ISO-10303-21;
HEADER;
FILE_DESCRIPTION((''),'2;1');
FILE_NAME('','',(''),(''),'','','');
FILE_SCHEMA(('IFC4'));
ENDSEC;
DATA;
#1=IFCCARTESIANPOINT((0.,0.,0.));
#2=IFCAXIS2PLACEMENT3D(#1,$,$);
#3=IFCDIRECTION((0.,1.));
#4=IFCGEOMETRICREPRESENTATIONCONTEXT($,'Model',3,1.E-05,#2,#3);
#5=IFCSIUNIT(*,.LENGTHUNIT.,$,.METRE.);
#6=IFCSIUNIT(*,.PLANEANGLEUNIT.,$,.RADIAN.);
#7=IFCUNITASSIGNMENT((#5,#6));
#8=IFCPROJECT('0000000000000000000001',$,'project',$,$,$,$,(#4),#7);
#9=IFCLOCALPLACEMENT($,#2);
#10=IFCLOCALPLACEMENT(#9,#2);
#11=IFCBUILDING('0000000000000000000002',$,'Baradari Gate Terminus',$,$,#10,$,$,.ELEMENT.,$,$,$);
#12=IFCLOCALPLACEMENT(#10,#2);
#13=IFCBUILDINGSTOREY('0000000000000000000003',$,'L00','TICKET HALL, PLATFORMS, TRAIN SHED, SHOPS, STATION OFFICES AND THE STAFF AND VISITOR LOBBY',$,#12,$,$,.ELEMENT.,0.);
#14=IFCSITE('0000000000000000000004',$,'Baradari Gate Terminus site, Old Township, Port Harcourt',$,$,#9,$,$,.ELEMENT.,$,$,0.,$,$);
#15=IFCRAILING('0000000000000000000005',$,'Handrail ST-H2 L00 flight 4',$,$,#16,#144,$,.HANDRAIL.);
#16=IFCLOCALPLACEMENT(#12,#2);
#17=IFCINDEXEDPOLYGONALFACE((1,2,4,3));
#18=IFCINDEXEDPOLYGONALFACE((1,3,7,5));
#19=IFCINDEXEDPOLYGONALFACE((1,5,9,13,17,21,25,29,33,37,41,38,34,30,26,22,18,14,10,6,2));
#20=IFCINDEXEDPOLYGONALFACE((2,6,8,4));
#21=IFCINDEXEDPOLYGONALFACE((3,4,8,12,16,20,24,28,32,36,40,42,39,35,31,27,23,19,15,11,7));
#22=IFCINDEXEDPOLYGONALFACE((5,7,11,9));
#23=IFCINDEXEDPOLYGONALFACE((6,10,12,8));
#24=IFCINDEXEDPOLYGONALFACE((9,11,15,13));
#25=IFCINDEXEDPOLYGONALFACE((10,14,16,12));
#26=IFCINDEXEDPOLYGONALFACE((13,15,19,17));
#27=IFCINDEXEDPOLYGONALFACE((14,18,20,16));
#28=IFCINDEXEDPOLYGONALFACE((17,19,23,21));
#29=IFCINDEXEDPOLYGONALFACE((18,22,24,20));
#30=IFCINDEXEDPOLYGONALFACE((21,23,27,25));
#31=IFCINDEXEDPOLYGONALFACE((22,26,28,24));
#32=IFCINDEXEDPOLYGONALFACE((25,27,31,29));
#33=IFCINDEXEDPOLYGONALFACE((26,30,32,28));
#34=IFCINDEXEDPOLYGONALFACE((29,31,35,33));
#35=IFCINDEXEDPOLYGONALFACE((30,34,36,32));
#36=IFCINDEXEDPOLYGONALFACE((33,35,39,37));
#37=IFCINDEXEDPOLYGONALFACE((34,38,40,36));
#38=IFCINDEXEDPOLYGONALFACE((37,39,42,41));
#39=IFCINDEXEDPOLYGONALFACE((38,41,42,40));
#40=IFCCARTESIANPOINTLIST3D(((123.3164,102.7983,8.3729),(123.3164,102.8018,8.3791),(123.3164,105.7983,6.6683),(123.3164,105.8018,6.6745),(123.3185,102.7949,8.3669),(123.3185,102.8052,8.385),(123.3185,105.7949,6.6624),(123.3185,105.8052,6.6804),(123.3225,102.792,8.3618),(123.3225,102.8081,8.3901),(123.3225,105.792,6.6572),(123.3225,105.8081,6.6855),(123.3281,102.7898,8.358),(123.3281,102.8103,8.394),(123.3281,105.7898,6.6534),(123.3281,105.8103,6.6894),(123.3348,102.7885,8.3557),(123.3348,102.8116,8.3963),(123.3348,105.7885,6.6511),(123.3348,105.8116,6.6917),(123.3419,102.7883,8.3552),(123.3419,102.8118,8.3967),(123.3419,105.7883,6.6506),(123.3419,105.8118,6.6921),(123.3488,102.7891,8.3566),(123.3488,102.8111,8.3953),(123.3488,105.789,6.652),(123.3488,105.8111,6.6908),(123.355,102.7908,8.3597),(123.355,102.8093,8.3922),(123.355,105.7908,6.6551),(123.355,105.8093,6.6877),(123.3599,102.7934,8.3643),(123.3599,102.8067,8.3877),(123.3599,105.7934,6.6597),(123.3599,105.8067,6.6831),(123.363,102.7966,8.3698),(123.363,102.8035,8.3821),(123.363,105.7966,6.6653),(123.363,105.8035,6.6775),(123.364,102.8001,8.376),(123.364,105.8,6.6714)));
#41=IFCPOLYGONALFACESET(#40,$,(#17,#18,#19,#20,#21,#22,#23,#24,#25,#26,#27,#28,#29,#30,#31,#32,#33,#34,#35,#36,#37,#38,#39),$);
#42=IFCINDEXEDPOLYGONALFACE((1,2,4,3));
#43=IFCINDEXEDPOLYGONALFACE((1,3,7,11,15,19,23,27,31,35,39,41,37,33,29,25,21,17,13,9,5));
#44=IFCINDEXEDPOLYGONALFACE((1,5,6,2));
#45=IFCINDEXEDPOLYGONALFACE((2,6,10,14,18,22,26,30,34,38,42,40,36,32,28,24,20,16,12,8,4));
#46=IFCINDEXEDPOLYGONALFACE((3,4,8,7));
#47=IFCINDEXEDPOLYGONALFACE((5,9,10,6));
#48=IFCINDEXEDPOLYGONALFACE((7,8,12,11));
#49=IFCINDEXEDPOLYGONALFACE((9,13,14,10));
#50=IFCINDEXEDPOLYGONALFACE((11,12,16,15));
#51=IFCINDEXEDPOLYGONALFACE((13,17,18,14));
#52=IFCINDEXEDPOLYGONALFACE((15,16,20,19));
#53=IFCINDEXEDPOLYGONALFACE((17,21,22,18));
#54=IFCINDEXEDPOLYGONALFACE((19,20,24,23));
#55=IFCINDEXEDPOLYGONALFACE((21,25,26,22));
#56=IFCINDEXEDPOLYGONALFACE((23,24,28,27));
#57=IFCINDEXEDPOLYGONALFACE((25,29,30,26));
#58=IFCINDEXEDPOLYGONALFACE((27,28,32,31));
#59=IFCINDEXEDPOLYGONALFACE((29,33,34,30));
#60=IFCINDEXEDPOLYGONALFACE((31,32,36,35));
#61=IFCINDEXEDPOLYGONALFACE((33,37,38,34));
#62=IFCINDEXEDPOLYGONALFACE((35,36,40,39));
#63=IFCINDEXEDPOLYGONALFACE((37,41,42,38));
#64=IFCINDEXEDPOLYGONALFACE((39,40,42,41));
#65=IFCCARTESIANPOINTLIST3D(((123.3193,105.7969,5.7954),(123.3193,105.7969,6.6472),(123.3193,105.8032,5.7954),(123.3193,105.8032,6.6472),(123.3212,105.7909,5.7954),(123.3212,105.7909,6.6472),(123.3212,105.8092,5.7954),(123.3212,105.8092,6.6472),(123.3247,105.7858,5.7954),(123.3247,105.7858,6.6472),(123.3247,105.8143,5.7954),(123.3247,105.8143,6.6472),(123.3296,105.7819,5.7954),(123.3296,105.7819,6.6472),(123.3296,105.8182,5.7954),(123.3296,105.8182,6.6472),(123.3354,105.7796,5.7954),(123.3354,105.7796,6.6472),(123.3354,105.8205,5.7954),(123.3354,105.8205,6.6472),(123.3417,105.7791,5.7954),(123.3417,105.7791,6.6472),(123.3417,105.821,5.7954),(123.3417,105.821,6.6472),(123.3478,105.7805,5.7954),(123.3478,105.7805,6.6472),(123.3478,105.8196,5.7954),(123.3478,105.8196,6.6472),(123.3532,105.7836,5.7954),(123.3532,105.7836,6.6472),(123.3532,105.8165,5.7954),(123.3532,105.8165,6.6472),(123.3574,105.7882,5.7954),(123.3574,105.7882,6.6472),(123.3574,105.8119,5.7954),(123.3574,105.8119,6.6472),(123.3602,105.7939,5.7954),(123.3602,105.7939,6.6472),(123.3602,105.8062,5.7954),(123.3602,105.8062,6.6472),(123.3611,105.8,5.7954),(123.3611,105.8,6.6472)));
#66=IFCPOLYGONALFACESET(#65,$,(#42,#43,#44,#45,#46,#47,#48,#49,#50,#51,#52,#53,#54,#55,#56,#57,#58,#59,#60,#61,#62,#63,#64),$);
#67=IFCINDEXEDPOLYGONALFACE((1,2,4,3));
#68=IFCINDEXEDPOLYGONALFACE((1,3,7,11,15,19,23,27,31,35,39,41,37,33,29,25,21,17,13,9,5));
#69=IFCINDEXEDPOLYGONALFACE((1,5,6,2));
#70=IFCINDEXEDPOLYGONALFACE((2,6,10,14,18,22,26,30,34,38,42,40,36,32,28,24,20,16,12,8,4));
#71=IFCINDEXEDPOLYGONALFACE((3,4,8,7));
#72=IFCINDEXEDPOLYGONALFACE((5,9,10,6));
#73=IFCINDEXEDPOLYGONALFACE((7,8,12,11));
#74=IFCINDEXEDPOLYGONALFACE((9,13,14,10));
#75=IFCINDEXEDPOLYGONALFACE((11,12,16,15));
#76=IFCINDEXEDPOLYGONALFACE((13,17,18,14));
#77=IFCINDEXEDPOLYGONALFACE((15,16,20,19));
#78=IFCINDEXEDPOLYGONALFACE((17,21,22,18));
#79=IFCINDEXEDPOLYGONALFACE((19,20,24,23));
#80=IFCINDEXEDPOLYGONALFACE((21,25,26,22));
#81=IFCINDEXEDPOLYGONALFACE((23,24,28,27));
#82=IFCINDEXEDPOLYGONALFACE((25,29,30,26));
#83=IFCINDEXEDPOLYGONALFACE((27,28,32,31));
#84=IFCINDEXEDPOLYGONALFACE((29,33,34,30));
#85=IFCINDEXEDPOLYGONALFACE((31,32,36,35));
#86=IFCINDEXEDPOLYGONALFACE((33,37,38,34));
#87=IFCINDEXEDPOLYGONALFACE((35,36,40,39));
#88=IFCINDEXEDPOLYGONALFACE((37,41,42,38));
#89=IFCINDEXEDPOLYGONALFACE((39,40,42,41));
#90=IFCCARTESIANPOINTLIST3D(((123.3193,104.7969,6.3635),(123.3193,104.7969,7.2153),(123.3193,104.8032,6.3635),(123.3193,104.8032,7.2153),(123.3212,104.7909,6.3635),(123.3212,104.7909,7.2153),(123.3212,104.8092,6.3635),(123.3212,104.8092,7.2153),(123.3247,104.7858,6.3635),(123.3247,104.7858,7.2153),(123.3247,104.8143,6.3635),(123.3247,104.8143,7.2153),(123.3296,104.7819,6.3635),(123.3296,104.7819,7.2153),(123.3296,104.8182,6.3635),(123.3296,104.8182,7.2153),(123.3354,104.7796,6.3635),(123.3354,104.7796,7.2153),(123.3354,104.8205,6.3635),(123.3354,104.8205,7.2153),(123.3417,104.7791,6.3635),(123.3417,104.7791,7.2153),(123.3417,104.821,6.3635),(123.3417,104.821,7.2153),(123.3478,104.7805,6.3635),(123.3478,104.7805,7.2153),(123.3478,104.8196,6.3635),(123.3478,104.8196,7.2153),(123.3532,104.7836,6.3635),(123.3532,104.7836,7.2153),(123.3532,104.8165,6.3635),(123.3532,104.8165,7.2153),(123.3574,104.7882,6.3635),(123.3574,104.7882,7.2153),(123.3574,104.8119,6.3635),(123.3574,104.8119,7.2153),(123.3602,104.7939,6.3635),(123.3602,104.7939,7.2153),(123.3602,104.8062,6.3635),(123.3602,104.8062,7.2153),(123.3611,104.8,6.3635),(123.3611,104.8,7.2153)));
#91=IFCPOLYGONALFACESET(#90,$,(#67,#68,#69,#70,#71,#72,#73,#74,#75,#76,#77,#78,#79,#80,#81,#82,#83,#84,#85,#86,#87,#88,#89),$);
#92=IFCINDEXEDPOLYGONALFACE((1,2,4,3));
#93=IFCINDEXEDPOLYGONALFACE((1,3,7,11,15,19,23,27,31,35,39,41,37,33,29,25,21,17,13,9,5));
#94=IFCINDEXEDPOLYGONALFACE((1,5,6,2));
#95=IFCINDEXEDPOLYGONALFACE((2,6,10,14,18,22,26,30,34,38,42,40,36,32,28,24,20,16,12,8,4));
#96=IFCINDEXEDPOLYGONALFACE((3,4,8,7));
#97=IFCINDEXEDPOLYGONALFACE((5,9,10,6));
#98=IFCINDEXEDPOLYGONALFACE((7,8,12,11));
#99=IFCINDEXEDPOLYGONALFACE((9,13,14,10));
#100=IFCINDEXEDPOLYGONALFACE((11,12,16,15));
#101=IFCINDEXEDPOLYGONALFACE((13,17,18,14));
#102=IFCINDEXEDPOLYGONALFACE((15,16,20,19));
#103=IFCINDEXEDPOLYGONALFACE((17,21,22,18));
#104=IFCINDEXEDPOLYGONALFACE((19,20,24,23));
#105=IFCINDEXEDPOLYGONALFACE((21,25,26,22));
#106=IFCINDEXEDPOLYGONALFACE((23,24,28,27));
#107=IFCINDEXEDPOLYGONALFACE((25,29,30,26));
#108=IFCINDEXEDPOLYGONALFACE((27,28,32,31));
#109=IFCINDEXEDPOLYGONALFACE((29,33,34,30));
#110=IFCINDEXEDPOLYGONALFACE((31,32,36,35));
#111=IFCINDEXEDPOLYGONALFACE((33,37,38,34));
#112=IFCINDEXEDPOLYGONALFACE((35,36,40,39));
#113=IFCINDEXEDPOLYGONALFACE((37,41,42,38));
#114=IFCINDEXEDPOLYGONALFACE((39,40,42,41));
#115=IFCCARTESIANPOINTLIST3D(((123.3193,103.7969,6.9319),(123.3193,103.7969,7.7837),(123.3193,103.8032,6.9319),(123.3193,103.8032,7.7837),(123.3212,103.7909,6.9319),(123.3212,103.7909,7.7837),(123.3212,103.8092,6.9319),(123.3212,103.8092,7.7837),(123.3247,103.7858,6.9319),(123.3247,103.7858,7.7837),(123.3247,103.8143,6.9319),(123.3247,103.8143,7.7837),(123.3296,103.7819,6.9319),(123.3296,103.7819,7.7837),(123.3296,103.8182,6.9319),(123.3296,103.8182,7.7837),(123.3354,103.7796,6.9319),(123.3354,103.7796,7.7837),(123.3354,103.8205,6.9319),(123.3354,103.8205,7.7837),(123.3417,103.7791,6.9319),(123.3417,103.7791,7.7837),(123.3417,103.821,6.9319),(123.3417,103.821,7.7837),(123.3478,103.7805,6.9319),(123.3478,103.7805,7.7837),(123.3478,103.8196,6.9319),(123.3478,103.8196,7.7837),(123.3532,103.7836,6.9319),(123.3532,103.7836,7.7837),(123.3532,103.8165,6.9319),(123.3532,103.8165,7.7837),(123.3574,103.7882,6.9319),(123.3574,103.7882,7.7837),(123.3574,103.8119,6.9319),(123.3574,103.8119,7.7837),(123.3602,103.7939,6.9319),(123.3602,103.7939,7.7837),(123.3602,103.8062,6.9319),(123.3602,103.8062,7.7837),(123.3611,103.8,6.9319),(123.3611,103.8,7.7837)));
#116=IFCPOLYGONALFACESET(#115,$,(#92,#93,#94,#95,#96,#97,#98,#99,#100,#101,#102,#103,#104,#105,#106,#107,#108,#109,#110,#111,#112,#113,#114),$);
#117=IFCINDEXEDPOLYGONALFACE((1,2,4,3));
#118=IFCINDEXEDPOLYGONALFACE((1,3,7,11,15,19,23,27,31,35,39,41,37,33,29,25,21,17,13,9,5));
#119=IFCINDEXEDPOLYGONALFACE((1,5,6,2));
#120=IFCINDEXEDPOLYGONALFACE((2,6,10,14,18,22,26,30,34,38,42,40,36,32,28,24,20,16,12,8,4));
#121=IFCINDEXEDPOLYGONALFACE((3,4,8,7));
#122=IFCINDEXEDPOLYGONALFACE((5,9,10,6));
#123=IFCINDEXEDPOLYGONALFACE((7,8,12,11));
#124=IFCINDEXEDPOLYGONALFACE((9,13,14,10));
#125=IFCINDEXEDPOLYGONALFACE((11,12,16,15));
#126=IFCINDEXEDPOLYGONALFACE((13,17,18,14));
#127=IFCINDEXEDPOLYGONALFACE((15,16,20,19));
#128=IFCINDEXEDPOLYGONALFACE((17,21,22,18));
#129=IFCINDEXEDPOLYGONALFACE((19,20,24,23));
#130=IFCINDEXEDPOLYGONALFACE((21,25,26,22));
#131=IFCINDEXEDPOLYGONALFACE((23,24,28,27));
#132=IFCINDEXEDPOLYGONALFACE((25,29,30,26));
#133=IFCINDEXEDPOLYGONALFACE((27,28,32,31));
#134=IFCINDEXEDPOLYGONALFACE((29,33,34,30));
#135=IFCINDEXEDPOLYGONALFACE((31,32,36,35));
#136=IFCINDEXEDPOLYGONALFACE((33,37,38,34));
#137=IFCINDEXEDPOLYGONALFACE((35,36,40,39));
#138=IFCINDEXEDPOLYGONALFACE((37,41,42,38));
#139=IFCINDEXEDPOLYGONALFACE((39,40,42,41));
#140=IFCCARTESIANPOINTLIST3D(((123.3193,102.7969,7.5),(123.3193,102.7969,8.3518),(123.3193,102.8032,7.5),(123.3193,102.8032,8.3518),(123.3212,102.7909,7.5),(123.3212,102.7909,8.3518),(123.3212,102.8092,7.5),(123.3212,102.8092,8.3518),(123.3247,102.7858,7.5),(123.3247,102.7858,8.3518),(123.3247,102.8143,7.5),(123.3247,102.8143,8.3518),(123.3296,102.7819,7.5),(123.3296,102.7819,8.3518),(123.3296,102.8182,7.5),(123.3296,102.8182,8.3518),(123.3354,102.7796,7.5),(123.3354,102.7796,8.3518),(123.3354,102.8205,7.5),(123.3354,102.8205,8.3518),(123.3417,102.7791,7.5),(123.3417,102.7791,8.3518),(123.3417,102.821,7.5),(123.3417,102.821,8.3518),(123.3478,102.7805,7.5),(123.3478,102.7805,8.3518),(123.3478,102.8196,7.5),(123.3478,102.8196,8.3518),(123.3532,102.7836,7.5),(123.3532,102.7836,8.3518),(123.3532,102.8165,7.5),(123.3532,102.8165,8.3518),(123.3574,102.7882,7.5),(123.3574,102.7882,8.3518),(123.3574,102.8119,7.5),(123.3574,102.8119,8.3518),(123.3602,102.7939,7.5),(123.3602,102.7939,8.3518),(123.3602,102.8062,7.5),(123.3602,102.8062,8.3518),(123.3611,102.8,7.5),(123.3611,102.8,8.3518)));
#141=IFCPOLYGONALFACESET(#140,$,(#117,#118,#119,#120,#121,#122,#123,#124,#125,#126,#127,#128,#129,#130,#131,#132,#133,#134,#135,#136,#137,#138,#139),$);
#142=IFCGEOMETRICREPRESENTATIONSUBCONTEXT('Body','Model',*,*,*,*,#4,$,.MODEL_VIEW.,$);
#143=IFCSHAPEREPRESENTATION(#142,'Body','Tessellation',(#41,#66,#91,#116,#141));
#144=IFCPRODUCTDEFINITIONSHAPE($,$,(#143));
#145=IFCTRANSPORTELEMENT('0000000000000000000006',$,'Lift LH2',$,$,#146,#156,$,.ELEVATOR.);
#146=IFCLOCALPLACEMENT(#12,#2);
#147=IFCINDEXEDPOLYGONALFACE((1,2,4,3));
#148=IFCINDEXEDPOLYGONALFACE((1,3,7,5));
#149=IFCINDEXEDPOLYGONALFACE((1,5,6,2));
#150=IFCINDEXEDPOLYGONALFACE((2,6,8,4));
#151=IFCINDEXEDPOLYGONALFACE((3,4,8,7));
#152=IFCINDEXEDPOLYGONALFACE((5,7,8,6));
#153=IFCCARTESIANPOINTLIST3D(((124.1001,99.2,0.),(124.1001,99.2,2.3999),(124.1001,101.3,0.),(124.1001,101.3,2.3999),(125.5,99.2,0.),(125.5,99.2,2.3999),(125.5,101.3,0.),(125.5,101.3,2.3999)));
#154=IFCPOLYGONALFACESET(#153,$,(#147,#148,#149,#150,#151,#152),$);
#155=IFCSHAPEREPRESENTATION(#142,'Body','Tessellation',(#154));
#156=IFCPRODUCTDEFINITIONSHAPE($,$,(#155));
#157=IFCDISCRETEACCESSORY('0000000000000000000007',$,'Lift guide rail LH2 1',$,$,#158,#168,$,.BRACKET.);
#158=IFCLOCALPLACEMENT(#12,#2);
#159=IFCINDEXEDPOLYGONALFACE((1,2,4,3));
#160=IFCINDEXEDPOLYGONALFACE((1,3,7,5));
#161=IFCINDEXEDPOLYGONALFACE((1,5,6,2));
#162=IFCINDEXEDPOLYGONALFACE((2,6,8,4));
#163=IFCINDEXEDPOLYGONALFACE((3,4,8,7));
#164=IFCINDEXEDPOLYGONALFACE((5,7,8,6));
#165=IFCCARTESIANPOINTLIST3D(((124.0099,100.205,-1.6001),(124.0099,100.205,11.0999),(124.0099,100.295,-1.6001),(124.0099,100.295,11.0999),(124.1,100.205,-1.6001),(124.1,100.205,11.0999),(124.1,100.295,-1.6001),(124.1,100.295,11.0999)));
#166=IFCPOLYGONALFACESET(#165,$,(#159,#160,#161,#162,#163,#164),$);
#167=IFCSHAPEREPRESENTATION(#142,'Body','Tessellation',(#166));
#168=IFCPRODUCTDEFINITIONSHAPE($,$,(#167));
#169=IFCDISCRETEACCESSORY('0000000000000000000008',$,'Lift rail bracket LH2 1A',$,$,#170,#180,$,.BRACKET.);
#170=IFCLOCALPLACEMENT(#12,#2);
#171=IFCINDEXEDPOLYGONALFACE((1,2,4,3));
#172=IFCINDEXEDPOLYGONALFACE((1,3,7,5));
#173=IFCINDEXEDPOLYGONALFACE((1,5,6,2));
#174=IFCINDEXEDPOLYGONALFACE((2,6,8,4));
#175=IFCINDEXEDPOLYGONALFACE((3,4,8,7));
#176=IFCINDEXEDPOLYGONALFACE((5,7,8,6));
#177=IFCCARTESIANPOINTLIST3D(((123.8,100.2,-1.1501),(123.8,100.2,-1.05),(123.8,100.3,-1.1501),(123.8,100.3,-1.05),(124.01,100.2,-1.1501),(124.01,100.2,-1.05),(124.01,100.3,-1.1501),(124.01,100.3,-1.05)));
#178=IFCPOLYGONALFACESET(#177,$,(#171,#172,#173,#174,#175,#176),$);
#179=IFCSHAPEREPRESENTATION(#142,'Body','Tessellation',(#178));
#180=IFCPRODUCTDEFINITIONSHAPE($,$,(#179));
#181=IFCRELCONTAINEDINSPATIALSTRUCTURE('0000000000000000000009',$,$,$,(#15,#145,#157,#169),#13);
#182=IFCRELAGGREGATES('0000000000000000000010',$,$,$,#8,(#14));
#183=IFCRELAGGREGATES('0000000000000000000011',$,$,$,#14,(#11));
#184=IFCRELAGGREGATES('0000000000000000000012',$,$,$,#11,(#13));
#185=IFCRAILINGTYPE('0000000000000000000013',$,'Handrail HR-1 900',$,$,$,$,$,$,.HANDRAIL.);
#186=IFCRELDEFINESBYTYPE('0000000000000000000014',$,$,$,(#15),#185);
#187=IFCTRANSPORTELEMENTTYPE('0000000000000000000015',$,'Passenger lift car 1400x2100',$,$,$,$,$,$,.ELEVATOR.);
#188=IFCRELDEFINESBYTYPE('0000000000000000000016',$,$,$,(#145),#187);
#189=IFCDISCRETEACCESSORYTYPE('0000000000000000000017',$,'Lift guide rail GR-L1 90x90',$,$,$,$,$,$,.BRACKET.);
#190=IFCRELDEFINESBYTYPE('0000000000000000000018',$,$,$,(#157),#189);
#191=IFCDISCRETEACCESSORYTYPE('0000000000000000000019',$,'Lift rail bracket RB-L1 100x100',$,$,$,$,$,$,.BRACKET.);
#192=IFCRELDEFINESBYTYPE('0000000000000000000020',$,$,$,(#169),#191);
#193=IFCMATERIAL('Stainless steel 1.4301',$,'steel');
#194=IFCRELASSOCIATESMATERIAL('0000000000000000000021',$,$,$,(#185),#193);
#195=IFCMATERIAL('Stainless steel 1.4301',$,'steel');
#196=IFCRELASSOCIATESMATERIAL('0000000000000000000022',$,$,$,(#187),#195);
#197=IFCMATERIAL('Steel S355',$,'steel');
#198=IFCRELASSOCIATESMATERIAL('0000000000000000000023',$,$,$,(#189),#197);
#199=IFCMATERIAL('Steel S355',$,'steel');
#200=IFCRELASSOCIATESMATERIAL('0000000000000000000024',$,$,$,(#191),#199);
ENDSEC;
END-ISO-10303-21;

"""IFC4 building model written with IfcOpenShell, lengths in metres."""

from ifc_helpers import new_model, si_unit, direction, frame, origin, origin_2d, place, context, subcontext, project, spatial, rectangle, circle, extrude, material, type_object, element, save


model = new_model("IFC4")

# Units and contexts
model_context = context("Model", 3, precision=1e-05, world=origin(), true_north=direction((0.0, 1.0)))
body_context = subcontext(model_context, "Body", "Model", "MODEL_VIEW")
ifc_project = project(units=[si_unit("LENGTHUNIT", "METRE"), si_unit("PLANEANGLEUNIT", "RADIAN")], contexts=[model_context])

# Site, building, storey
site_placement = place(None, origin())
site = spatial("IfcSite", under=ifc_project, at=site_placement, Name="Baradari Gate Terminus site, Old Township, Port Harcourt", CompositionType="ELEMENT", RefElevation=0.0)
building_placement = place(site_placement, origin())
building = spatial("IfcBuilding", under=site, at=building_placement, Name="Baradari Gate Terminus", CompositionType="ELEMENT")
storey_placement = place(building_placement, origin())
storey = spatial("IfcBuildingStorey", under=building, at=storey_placement, Name="L00", Description="TICKET HALL, PLATFORMS, TRAIN SHED, SHOPS, STATION OFFICES AND THE STAFF AND VISITOR LOBBY", CompositionType="ELEMENT", Elevation=0.0)

# Railing
ifc_material_1 = material(Name="Stainless steel 1.4301", Category="steel")
railing_type_1 = type_object("IfcRailingType", Name="Handrail HR-1 900", PredefinedType="HANDRAIL", material=ifc_material_1)
for number, where, name in (
    (1, (123.3401, 105.8, 5.7954), "Handrail ST-H2 L00 flight 4"),
):
    element("IfcRailing", number, at=place(storey_placement, frame(where)), inside=storey, type_object=railing_type_1, Name=name, PredefinedType="HANDRAIL", context=body_context, shape_type="SweptSolid", body=[
        extrude(circle(Radius=0.0239, at=origin_2d()), frame((0.0, 0.0, 0.876), z_axis=(0.0, -0.869451, 0.494019), x_axis=(1.0, 0.0, 0.0)), (0.0, 0.0, 1.0), 3.4504),
        extrude(circle(Radius=0.021, at=origin_2d()), origin(), (0.0, 0.0, 1.0), 0.8518),
        extrude(circle(Radius=0.021, at=origin_2d()), frame((0.0, -1.0, 0.5681)), (0.0, 0.0, 1.0), 0.8518),
        extrude(circle(Radius=0.021, at=origin_2d()), frame((0.0, -2.0, 1.1365)), (0.0, 0.0, 1.0), 0.8518),
        extrude(circle(Radius=0.021, at=origin_2d()), frame((0.0, -3.0, 1.7046)), (0.0, 0.0, 1.0), 0.8518),
    ])

# Transport element
ifc_material_2 = material(Name="Stainless steel 1.4301", Category="steel")
transport_element_type = type_object("IfcTransportElementType", Name="Passenger lift car 1400x2100", PredefinedType="ELEVATOR", material=ifc_material_2)
transport_element_placement = place(storey_placement, frame((124.8, 100.25, 0.0), z_axis=(0.0, 0.0, 1.0), x_axis=(1.0, 0.0, 0.0)))
element("IfcTransportElement", 2, at=transport_element_placement, inside=storey, type_object=transport_element_type, Name="Lift LH2", PredefinedType="ELEVATOR", context=body_context, shape_type="SweptSolid", body=[
    extrude(rectangle(XDim=1.3999, YDim=2.1001, at=origin_2d()), origin(), (0.0, 0.0, 1.0), 2.3999),
])

# Discrete accessories
ifc_material_3 = material(Name="Steel S355", Category="steel")
discrete_accessory_type_1 = type_object("IfcDiscreteAccessoryType", Name="Lift guide rail GR-L1 90x90", PredefinedType="BRACKET", material=ifc_material_3)
discrete_accessory_1_placement = place(storey_placement, frame((124.0549, 100.25, -1.6001), z_axis=(0.0, 0.0, 1.0), x_axis=(1.0, 0.0, 0.0)))
element("IfcDiscreteAccessory", 3, at=discrete_accessory_1_placement, inside=storey, type_object=discrete_accessory_type_1, Name="Lift guide rail LH2 1", PredefinedType="BRACKET", context=body_context, shape_type="SweptSolid", body=[
    extrude(rectangle(XDim=0.0901, YDim=0.0901, at=origin_2d()), origin(), (0.0, 0.0, 1.0), 12.7),
])
ifc_material_4 = material(Name="Steel S355", Category="steel")
discrete_accessory_type_2 = type_object("IfcDiscreteAccessoryType", Name="Lift rail bracket RB-L1 100x100", PredefinedType="BRACKET", material=ifc_material_4)
discrete_accessory_2_placement = place(storey_placement, frame((123.905, 100.25, -1.1501), z_axis=(0.0, 0.0, 1.0), x_axis=(1.0, 0.0, 0.0)))
element("IfcDiscreteAccessory", 4, at=discrete_accessory_2_placement, inside=storey, type_object=discrete_accessory_type_2, Name="Lift rail bracket LH2 1A", PredefinedType="BRACKET", context=body_context, shape_type="SweptSolid", body=[
    extrude(rectangle(XDim=0.21, YDim=0.1001, at=origin_2d()), origin(), (0.0, 0.0, 1.0), 0.1001),
])

save(model, "model.ifc")
